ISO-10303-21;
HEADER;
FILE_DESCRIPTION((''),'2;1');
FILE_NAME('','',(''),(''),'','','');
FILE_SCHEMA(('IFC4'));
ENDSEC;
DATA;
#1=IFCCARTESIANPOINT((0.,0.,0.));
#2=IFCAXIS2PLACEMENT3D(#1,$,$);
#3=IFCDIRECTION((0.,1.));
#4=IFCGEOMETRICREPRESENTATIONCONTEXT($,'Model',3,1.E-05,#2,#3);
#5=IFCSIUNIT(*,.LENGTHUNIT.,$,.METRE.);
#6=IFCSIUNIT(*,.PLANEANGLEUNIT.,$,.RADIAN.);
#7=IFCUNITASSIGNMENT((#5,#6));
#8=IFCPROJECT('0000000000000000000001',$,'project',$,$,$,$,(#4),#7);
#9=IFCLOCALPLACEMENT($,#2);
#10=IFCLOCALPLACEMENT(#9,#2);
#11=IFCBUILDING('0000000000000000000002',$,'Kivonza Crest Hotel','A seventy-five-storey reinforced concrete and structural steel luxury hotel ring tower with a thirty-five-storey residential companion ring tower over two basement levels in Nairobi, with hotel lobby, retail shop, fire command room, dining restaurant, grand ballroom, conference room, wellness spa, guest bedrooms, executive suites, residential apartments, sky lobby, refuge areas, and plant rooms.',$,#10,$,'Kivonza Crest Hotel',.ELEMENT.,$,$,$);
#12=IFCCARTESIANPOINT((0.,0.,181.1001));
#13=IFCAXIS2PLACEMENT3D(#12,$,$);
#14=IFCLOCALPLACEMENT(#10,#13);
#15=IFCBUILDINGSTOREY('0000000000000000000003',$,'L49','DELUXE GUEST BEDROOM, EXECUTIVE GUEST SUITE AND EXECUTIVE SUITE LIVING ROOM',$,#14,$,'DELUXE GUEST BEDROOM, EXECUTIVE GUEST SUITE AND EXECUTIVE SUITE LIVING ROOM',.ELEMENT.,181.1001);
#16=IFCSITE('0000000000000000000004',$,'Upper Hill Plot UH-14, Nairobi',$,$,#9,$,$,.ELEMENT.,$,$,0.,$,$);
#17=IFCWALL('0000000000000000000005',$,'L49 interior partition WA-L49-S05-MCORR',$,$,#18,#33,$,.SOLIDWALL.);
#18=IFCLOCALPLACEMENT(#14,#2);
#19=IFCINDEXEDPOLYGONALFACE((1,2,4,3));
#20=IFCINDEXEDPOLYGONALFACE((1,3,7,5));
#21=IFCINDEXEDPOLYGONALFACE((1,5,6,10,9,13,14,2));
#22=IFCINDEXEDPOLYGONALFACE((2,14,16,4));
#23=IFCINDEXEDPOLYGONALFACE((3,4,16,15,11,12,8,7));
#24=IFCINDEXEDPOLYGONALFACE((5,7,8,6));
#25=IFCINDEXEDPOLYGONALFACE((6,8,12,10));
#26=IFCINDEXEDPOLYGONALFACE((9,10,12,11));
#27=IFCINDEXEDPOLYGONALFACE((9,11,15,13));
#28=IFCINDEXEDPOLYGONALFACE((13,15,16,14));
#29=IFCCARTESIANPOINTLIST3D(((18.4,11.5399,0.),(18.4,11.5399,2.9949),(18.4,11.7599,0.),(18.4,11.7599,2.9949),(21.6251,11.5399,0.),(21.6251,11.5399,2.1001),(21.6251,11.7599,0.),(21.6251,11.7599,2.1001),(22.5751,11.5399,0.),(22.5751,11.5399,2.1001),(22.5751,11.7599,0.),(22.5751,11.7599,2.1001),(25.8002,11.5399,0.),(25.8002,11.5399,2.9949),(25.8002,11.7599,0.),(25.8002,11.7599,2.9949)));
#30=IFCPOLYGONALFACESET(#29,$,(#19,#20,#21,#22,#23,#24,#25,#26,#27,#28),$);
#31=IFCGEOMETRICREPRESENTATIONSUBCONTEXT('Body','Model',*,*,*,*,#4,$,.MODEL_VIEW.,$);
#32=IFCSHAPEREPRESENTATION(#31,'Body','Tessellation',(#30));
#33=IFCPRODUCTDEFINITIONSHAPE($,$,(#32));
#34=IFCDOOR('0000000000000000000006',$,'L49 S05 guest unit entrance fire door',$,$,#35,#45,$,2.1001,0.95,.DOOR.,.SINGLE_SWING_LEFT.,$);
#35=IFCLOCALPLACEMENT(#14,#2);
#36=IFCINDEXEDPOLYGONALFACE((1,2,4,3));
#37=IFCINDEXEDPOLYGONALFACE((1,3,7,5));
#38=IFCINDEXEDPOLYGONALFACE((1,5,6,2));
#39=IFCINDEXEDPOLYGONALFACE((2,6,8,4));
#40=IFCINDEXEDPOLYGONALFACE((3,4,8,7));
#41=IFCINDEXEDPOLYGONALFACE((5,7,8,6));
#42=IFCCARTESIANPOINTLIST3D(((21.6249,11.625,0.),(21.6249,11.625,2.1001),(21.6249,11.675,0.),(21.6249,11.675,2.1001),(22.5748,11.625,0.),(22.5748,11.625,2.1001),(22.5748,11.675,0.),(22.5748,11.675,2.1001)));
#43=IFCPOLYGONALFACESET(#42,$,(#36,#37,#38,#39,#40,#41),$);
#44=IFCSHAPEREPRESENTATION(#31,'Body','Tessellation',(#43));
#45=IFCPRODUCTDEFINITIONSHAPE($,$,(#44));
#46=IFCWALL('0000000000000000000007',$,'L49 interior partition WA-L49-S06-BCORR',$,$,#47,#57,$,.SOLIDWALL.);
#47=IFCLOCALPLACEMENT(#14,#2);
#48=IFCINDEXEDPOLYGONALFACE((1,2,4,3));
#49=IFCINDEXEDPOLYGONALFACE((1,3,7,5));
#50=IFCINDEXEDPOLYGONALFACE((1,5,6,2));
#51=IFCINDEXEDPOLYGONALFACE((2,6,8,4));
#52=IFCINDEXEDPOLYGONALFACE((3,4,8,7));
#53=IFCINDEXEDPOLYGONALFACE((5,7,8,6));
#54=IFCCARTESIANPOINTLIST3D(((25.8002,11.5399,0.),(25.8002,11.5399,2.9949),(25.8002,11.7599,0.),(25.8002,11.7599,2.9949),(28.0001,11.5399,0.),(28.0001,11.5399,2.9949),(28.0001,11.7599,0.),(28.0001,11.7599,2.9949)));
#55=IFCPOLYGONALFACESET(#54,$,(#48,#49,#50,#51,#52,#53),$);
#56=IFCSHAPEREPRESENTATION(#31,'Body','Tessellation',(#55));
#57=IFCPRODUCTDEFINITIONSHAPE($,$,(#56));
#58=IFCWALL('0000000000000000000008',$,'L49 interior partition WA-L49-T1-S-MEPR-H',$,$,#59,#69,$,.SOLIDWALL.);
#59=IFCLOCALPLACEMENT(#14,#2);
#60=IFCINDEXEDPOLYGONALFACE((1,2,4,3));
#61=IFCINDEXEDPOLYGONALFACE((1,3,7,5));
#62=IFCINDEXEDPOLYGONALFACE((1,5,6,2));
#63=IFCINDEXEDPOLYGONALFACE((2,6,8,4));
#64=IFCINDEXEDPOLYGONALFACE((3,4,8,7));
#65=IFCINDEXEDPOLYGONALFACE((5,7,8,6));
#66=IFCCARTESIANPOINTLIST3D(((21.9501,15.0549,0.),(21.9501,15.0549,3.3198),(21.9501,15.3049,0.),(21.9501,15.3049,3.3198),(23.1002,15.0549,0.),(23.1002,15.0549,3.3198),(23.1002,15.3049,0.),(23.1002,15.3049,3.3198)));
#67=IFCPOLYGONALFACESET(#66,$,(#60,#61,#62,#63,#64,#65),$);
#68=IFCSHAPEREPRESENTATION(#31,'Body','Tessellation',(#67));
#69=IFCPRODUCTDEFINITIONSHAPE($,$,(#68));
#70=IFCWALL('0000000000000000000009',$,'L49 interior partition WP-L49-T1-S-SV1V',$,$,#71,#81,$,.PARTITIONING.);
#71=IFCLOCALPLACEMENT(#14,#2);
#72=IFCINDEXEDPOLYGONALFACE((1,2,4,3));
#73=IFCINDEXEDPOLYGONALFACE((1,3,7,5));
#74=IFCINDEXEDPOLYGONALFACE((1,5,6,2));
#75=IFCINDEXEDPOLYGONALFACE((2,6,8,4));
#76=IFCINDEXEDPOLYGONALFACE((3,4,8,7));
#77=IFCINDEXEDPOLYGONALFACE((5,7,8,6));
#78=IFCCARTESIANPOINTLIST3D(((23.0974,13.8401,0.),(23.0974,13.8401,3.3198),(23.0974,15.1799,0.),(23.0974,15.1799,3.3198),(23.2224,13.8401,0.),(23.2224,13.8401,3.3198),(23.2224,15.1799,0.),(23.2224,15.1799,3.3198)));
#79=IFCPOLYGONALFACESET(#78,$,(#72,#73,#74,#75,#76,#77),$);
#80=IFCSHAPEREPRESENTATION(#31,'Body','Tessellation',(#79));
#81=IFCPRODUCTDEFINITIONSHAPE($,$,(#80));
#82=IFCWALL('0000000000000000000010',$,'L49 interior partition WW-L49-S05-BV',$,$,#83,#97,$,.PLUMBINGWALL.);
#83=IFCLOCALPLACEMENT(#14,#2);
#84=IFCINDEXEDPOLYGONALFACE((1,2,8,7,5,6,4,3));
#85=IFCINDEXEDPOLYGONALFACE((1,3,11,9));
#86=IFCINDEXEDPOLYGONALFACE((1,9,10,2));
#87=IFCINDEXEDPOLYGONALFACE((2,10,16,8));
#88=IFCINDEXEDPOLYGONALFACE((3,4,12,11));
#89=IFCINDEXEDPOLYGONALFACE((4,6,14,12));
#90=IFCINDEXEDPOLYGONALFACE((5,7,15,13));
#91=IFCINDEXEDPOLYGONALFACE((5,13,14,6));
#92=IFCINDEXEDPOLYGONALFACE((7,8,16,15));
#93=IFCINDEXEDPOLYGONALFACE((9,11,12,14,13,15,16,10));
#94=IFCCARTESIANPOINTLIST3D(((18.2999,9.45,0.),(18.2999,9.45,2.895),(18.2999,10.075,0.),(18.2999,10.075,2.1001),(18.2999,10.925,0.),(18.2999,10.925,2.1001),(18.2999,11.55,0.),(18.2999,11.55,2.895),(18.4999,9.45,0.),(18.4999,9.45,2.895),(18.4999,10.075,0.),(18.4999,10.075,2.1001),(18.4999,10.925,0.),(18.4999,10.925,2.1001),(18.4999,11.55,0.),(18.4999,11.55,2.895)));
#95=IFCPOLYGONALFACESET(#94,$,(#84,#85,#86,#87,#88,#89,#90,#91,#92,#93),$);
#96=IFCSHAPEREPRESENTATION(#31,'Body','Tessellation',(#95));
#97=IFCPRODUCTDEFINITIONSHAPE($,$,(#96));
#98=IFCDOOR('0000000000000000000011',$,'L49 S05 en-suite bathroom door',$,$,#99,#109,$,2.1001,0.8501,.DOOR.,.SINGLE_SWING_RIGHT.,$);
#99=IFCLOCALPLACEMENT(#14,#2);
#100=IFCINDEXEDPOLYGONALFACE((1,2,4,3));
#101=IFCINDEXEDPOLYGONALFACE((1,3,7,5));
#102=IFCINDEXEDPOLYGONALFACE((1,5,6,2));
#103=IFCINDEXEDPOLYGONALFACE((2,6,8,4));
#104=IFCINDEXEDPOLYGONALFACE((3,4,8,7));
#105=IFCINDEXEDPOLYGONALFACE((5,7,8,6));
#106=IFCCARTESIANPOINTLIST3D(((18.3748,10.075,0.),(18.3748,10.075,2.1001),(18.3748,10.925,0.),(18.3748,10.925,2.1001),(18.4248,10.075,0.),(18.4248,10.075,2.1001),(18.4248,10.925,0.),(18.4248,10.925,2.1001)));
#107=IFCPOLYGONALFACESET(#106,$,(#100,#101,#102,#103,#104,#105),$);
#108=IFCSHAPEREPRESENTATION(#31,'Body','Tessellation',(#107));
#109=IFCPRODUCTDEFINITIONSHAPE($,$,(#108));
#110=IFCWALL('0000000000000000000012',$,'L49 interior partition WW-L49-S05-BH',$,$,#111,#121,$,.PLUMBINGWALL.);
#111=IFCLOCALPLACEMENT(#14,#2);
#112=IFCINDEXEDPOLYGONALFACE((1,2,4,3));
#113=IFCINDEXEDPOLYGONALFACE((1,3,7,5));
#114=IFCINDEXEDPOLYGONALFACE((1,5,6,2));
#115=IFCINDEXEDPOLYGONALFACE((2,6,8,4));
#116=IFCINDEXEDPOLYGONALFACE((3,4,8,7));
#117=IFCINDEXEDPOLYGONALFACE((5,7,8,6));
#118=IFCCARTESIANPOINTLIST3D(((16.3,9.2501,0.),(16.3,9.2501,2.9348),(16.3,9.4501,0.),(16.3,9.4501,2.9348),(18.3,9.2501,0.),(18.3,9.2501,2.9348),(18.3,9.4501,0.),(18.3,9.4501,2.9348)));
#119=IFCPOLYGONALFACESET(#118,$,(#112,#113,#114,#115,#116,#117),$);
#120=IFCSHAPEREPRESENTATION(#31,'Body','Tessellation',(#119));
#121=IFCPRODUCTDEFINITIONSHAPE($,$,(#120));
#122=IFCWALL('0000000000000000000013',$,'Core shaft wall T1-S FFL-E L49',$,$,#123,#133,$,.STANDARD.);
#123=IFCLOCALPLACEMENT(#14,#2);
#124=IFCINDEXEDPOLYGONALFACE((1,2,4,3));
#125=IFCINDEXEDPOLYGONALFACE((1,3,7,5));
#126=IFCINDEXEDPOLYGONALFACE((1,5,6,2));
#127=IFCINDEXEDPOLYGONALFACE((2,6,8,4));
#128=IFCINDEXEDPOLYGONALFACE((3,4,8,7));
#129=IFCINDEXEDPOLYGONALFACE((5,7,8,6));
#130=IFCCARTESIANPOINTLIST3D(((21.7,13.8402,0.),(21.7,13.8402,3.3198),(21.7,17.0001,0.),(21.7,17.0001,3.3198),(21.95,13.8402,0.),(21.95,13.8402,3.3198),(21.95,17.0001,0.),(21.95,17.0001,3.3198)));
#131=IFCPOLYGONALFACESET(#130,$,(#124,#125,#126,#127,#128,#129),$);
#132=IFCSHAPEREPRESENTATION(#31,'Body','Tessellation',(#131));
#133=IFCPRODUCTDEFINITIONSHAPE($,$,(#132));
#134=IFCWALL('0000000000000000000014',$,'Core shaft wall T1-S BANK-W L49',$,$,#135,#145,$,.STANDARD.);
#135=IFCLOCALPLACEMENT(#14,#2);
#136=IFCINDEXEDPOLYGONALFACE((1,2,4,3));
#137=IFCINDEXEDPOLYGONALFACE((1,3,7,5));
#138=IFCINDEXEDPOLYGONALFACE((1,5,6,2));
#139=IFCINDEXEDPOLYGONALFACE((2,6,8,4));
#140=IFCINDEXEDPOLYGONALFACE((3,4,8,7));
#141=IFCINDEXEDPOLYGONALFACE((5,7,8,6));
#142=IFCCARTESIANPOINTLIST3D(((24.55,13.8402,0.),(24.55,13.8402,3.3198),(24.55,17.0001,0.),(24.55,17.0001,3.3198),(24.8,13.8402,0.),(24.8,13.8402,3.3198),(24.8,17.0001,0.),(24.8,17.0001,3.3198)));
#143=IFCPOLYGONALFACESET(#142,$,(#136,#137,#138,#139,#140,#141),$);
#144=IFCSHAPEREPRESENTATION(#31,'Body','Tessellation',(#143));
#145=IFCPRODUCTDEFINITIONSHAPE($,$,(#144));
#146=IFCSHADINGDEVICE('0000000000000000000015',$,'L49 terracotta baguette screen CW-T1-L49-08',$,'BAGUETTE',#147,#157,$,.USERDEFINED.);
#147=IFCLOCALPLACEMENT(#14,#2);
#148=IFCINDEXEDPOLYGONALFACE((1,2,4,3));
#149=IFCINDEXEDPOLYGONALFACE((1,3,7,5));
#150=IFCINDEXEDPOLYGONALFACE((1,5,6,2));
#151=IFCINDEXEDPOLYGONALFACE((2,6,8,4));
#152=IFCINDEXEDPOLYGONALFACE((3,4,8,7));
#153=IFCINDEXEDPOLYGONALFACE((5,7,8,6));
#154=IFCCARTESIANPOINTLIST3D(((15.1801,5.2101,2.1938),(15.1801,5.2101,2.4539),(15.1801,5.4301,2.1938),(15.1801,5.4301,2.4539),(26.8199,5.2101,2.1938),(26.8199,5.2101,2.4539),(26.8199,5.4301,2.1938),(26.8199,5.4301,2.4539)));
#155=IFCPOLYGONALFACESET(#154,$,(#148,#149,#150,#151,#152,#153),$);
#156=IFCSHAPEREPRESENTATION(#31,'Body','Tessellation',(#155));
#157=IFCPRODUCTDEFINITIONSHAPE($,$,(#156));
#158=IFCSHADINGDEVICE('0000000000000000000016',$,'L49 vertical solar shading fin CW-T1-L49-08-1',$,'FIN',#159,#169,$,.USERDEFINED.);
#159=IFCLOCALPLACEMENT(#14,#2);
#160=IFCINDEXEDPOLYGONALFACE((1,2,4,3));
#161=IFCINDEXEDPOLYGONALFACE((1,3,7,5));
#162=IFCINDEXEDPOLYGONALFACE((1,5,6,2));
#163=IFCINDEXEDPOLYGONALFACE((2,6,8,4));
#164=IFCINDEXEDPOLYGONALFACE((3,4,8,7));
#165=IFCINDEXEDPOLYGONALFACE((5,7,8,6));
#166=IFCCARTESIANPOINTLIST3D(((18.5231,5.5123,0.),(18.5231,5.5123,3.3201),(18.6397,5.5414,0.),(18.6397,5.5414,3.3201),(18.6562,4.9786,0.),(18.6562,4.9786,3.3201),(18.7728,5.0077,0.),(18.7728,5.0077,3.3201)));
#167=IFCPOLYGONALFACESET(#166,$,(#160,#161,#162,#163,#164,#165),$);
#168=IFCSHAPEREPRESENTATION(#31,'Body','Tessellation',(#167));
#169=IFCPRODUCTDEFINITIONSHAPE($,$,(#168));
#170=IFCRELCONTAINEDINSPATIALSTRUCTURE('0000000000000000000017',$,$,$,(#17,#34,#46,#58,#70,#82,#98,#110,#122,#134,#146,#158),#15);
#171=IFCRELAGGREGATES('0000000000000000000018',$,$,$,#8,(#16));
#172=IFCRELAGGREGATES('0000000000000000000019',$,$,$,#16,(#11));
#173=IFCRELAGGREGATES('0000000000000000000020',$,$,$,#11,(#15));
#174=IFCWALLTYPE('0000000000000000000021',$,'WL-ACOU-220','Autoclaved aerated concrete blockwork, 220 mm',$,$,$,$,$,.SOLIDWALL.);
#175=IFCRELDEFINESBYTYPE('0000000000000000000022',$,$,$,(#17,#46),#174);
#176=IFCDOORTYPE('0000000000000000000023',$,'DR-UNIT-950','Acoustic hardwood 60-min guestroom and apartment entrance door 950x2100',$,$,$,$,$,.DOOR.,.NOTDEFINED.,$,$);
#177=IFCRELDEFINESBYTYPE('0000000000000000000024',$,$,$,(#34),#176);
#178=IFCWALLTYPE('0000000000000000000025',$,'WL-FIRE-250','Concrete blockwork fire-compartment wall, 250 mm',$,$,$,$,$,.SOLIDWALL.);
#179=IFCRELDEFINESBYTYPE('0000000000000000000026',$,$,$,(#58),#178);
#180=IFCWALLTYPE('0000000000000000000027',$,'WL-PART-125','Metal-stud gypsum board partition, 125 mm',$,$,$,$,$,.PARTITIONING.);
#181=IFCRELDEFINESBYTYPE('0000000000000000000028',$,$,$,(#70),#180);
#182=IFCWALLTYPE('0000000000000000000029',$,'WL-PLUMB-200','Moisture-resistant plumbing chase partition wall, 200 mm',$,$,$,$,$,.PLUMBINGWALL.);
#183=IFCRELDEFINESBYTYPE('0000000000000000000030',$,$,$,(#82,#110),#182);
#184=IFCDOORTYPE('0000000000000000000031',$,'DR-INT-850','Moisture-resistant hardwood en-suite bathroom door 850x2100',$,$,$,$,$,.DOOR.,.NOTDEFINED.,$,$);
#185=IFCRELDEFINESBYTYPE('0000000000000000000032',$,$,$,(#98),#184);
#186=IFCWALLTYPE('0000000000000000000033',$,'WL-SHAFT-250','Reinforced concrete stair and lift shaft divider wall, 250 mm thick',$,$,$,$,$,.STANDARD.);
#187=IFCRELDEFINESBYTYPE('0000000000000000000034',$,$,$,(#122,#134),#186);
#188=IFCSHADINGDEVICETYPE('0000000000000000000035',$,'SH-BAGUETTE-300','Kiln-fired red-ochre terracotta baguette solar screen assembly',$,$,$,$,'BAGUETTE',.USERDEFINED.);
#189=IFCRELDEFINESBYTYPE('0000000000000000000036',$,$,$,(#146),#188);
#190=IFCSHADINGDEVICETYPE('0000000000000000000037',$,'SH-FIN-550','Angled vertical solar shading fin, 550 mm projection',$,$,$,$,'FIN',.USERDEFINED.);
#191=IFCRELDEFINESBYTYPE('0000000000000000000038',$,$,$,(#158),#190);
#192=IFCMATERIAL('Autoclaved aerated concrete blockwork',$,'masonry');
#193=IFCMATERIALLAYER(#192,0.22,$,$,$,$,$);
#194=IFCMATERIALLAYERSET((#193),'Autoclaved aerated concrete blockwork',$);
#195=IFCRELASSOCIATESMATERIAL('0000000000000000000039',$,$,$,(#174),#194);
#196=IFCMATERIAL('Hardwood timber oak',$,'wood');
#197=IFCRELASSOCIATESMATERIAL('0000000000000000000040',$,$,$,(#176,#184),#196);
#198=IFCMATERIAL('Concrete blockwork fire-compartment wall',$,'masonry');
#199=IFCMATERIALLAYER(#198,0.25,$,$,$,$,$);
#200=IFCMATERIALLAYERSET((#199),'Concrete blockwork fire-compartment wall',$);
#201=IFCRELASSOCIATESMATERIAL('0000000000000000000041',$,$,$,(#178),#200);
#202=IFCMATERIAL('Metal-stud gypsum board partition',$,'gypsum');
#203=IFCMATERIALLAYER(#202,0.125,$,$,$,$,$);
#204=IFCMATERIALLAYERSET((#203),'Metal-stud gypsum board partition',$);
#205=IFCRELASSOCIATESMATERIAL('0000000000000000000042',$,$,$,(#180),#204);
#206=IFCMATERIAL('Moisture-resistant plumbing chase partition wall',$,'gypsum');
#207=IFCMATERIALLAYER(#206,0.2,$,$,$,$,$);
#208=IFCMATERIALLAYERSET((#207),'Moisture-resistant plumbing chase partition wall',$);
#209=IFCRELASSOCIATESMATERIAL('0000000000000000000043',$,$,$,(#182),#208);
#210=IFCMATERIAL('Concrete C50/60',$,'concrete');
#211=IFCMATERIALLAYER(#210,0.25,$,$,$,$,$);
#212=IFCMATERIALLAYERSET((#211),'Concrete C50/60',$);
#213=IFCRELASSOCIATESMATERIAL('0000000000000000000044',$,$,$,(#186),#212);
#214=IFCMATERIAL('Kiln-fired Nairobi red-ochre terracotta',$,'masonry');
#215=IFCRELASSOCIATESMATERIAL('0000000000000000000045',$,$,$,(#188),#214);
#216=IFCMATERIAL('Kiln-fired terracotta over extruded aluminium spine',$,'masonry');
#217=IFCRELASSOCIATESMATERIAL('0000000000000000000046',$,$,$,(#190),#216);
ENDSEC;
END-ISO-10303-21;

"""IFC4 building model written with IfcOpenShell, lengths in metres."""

from ifc_helpers import new_model, si_unit, direction, frame, frame_2d, origin, origin_2d, place, context, subcontext, project, spatial, rectangle, extrude, material, layer, layer_set, type_object, element, fill, save


model = new_model("IFC4")

# Units and contexts
model_context = context("Model", 3, precision=1e-05, world=origin(), true_north=direction((0.0, 1.0)))
body_context = subcontext(model_context, "Body", "Model", "MODEL_VIEW")
ifc_project = project(units=[si_unit("LENGTHUNIT", "METRE"), si_unit("PLANEANGLEUNIT", "RADIAN")], contexts=[model_context])

# Site, building, storey
site_placement = place(None, origin())
site = spatial("IfcSite", under=ifc_project, at=site_placement, Name="Upper Hill Plot UH-14, Nairobi", CompositionType="ELEMENT", RefElevation=0.0)
building_placement = place(site_placement, origin())
building = spatial("IfcBuilding", under=site, at=building_placement, Name="Kivonza Crest Hotel", Description="A seventy-five-storey reinforced concrete and structural steel luxury hotel ring tower with a thirty-five-storey residential companion ring tower over two basement levels in Nairobi, with hotel lobby, retail shop, fire command room, dining restaurant, grand ballroom, conference room, wellness spa, guest bedrooms, executive suites, residential apartments, sky lobby, refuge areas, and plant rooms.", LongName="Kivonza Crest Hotel", CompositionType="ELEMENT")
storey_placement = place(building_placement, frame((0.0, 0.0, 181.1001)))
storey = spatial("IfcBuildingStorey", under=building, at=storey_placement, Name="L49", Description="DELUXE GUEST BEDROOM, EXECUTIVE GUEST SUITE AND EXECUTIVE SUITE LIVING ROOM", LongName="DELUXE GUEST BEDROOM, EXECUTIVE GUEST SUITE AND EXECUTIVE SUITE LIVING ROOM", CompositionType="ELEMENT", Elevation=181.1001)

# Shared definitions
ifc_material_1 = material(Name="Concrete C50/60", Category="concrete")

# Wall, opening, door
ifc_material_2 = material(Name="Autoclaved aerated concrete blockwork", Category="masonry")
ifc_layer_1 = layer(ifc_material_2, 0.22)
ifc_layer_set_1 = layer_set([ifc_layer_1], Name="Autoclaved aerated concrete blockwork")
wall_type_1 = type_object("IfcWallType", Name="WL-ACOU-220", Description="Autoclaved aerated concrete blockwork, 220 mm", PredefinedType="SOLIDWALL", material=ifc_layer_set_1)
wall_1_placement = place(storey_placement, frame((18.3999, 11.6499, 0.0), z_axis=(0.0, 0.0, 1.0), x_axis=(1.0, 0.0, 0.0)))
wall_1 = element("IfcWall", 1, at=wall_1_placement, inside=storey, type_object=wall_type_1, Name="L49 interior partition WA-L49-S05-MCORR", PredefinedType="SOLIDWALL", context=body_context, shape_type="SweptSolid", body=[
    extrude(rectangle(XDim=7.4001, YDim=0.22, at=frame_2d((3.7002, 0.0))), origin(), (0.0, 0.0, 1.0), 2.9949),
])
opening_1_placement = place(wall_1_placement, frame((3.2251, 0.0, 0.0)))
opening_1 = element("IfcOpeningElement", 2, at=opening_1_placement, cuts=wall_1, PredefinedType="OPENING", context=body_context, shape_type="SweptSolid", body=[
    extrude(rectangle(XDim=0.95, YDim=2.1001, at=frame_2d((0.4751, 1.05))), frame((0.0, 0.1201, 0.0), z_axis=(0.0, -1.0, 0.0), x_axis=(1.0, 0.0, 0.0)), (0.0, 0.0, 1.0), 0.24),
])
ifc_material_3 = material(Name="Hardwood timber oak", Category="wood")
door_type_1 = type_object("IfcDoorType", Name="DR-UNIT-950", Description="Acoustic hardwood 60-min guestroom and apartment entrance door 950x2100", OperationType="NOTDEFINED", PredefinedType="DOOR", material=ifc_material_3)
door_1_placement = place(opening_1_placement, frame((0.95, 0.0, 0.0), z_axis=(0.0, 0.0, 1.0), x_axis=(-1.0, 0.0, 0.0)))
door_1 = element("IfcDoor", 3, at=door_1_placement, inside=storey, type_object=door_type_1, Name="L49 S05 guest unit entrance fire door", OperationType="SINGLE_SWING_LEFT", OverallHeight=2.1001, OverallWidth=0.95, PredefinedType="DOOR", context=body_context, shape_type="SweptSolid", body=[
    extrude(rectangle(XDim=0.95, YDim=2.1001, at=frame_2d((0.4751, 1.05))), frame((0.0, 0.0249, 0.0), z_axis=(0.0, -1.0, 0.0), x_axis=(1.0, 0.0, 0.0)), (0.0, 0.0, 1.0), 0.05),
])
fill(opening_1, door_1)

# Walls
wall_2_placement = place(storey_placement, frame((25.8, 11.6499, 0.0), z_axis=(0.0, 0.0, 1.0), x_axis=(1.0, 0.0, 0.0)))
element("IfcWall", 4, at=wall_2_placement, inside=storey, type_object=wall_type_1, Name="L49 interior partition WA-L49-S06-BCORR", PredefinedType="SOLIDWALL", context=body_context, shape_type="SweptSolid", body=[
    extrude(rectangle(XDim=2.2, YDim=0.22, at=frame_2d((1.1001, 0.0))), origin(), (0.0, 0.0, 1.0), 2.9949),
])
ifc_material_4 = material(Name="Concrete blockwork fire-compartment wall", Category="masonry")
ifc_layer_2 = layer(ifc_material_4, 0.25)
ifc_layer_set_2 = layer_set([ifc_layer_2], Name="Concrete blockwork fire-compartment wall")
wall_type_2 = type_object("IfcWallType", Name="WL-FIRE-250", Description="Concrete blockwork fire-compartment wall, 250 mm", PredefinedType="SOLIDWALL", material=ifc_layer_set_2)
wall_3_placement = place(storey_placement, frame((21.95, 15.1799, 0.0), z_axis=(0.0, 0.0, 1.0), x_axis=(1.0, 0.0, 0.0)))
element("IfcWall", 5, at=wall_3_placement, inside=storey, type_object=wall_type_2, Name="L49 interior partition WA-L49-T1-S-MEPR-H", PredefinedType="SOLIDWALL", context=body_context, shape_type="SweptSolid", body=[
    extrude(rectangle(XDim=1.1501, YDim=0.25, at=frame_2d((0.5752, 0.0))), origin(), (0.0, 0.0, 1.0), 3.3198),
])
ifc_material_5 = material(Name="Metal-stud gypsum board partition", Category="gypsum")
ifc_layer_3 = layer(ifc_material_5, 0.125)
ifc_layer_set_3 = layer_set([ifc_layer_3], Name="Metal-stud gypsum board partition")
wall_type_3 = type_object("IfcWallType", Name="WL-PART-125", Description="Metal-stud gypsum board partition, 125 mm", PredefinedType="PARTITIONING", material=ifc_layer_set_3)
wall_4_placement = place(storey_placement, frame((23.1599, 13.8401, 0.0), z_axis=(0.0, 0.0, 1.0), x_axis=(0.0, 1.0, 0.0)))
element("IfcWall", 6, at=wall_4_placement, inside=storey, type_object=wall_type_3, Name="L49 interior partition WP-L49-T1-S-SV1V", PredefinedType="PARTITIONING", context=body_context, shape_type="SweptSolid", body=[
    extrude(rectangle(XDim=1.3398, YDim=0.125, at=frame_2d((0.6699, 0.0))), origin(), (0.0, 0.0, 1.0), 3.3198),
])

# Wall, opening, door
ifc_material_6 = material(Name="Moisture-resistant plumbing chase partition wall", Category="gypsum")
ifc_layer_4 = layer(ifc_material_6, 0.2)
ifc_layer_set_4 = layer_set([ifc_layer_4], Name="Moisture-resistant plumbing chase partition wall")
wall_type_4 = type_object("IfcWallType", Name="WL-PLUMB-200", Description="Moisture-resistant plumbing chase partition wall, 200 mm", PredefinedType="PLUMBINGWALL", material=ifc_layer_set_4)
wall_5_placement = place(storey_placement, frame((18.3999, 9.45, 0.0), z_axis=(0.0, 0.0, 1.0), x_axis=(0.0, 1.0, 0.0)))
wall_5 = element("IfcWall", 7, at=wall_5_placement, inside=storey, type_object=wall_type_4, Name="L49 interior partition WW-L49-S05-BV", PredefinedType="PLUMBINGWALL", context=body_context, shape_type="SweptSolid", body=[
    extrude(rectangle(XDim=2.1001, YDim=0.2, at=frame_2d((1.05, 0.0))), origin(), (0.0, 0.0, 1.0), 2.895),
])
opening_2_placement = place(wall_5_placement, frame((0.625, 0.0, 0.0)))
opening_2 = element("IfcOpeningElement", 8, at=opening_2_placement, cuts=wall_5, PredefinedType="OPENING", context=body_context, shape_type="SweptSolid", body=[
    extrude(rectangle(XDim=0.8501, YDim=2.1001, at=frame_2d((0.425, 1.05))), frame((0.0, 0.1099, 0.0), z_axis=(0.0, -1.0, 0.0), x_axis=(1.0, 0.0, 0.0)), (0.0, 0.0, 1.0), 0.22),
])
door_type_2 = type_object("IfcDoorType", Name="DR-INT-850", Description="Moisture-resistant hardwood en-suite bathroom door 850x2100", OperationType="NOTDEFINED", PredefinedType="DOOR", material=ifc_material_3)
door_2_placement = place(opening_2_placement, frame((0.8501, 0.0, 0.0), z_axis=(0.0, 0.0, 1.0), x_axis=(-1.0, 0.0, 0.0)))
door_2 = element("IfcDoor", 9, at=door_2_placement, inside=storey, type_object=door_type_2, Name="L49 S05 en-suite bathroom door", OperationType="SINGLE_SWING_RIGHT", OverallHeight=2.1001, OverallWidth=0.8501, PredefinedType="DOOR", context=body_context, shape_type="SweptSolid", body=[
    extrude(rectangle(XDim=0.8501, YDim=2.1001, at=frame_2d((0.425, 1.05))), frame((0.0, 0.0249, 0.0), z_axis=(0.0, -1.0, 0.0), x_axis=(1.0, 0.0, 0.0)), (0.0, 0.0, 1.0), 0.05),
])
fill(opening_2, door_2)

# Wall
wall_6_placement = place(storey_placement, frame((16.3, 9.3501, 0.0), z_axis=(0.0, 0.0, 1.0), x_axis=(1.0, 0.0, 0.0)))
element("IfcWall", 10, at=wall_6_placement, inside=storey, type_object=wall_type_4, Name="L49 interior partition WW-L49-S05-BH", PredefinedType="PLUMBINGWALL", context=body_context, shape_type="SweptSolid", body=[
    extrude(rectangle(XDim=2.0, YDim=0.2, at=frame_2d((1.0, 0.0))), origin(), (0.0, 0.0, 1.0), 2.9348),
])

# Shared definitions
ifc_layer_5 = layer(ifc_material_1, 0.25)
ifc_layer_set_5 = layer_set([ifc_layer_5], Name="Concrete C50/60")
wall_type_5 = type_object("IfcWallType", Name="WL-SHAFT-250", Description="Reinforced concrete stair and lift shaft divider wall, 250 mm thick", PredefinedType="STANDARD", material=ifc_layer_set_5)

# Walls
for number, where, z_axis, x_axis, name in (
    (11, (21.825, 13.8401, 0.0), (0.0, 0.0, 1.0), (0.0, 1.0, 0.0), "Core shaft wall T1-S FFL-E L49"),
    (12, (24.675, 13.8401, 0.0), (0.0, 0.0, 1.0), (0.0, 1.0, 0.0), "Core shaft wall T1-S BANK-W L49"),
):
    element("IfcWall", number, at=place(storey_placement, frame(where, z_axis=z_axis, x_axis=x_axis)), inside=storey, type_object=wall_type_5, Name=name, PredefinedType="STANDARD", context=body_context, shape_type="SweptSolid", body=[
        extrude(rectangle(XDim=3.1599, YDim=0.25, at=frame_2d((1.5801, 0.0))), origin(), (0.0, 0.0, 1.0), 3.3198),
    ])

# Shading devices
ifc_material_7 = material(Name="Kiln-fired Nairobi red-ochre terracotta", Category="masonry")
shading_device_type_1 = type_object("IfcShadingDeviceType", Name="SH-BAGUETTE-300", Description="Kiln-fired red-ochre terracotta baguette solar screen assembly", ElementType="BAGUETTE", PredefinedType="USERDEFINED", material=ifc_material_7)
shading_device_placement = place(storey_placement, frame((21.0, 5.3201, 2.1938), z_axis=(0.0, 0.0, 1.0), x_axis=(1.0, 0.0, 0.0)))
element("IfcShadingDevice", 13, at=shading_device_placement, inside=storey, type_object=shading_device_type_1, Name="L49 terracotta baguette screen CW-T1-L49-08", ObjectType="BAGUETTE", PredefinedType="USERDEFINED", context=body_context, shape_type="SweptSolid", body=[
    extrude(rectangle(XDim=11.6399, YDim=0.22, at=origin_2d()), origin(), (0.0, 0.0, 1.0), 0.26),
])
ifc_material_8 = material(Name="Kiln-fired terracotta over extruded aluminium spine", Category="masonry")
shading_device_type_2 = type_object("IfcShadingDeviceType", Name="SH-FIN-550", Description="Angled vertical solar shading fin, 550 mm projection", ElementType="FIN", PredefinedType="USERDEFINED", material=ifc_material_8)
for number, where, z_axis, x_axis, name in (
    (14, (18.6479, 5.26, 0.0), (0.0, 0.0, 1.0), (0.970296, 0.241922, 0.0), "L49 vertical solar shading fin CW-T1-L49-08-1"),
):
    element("IfcShadingDevice", number, at=place(storey_placement, frame(where, z_axis=z_axis, x_axis=x_axis)), inside=storey, type_object=shading_device_type_2, Name=name, ObjectType="FIN", PredefinedType="USERDEFINED", context=body_context, shape_type="SweptSolid", body=[
        extrude(rectangle(XDim=0.1201, YDim=0.55, at=origin_2d()), origin(), (0.0, 0.0, 1.0), 3.3201),
    ])

save(model, "model.ifc")
